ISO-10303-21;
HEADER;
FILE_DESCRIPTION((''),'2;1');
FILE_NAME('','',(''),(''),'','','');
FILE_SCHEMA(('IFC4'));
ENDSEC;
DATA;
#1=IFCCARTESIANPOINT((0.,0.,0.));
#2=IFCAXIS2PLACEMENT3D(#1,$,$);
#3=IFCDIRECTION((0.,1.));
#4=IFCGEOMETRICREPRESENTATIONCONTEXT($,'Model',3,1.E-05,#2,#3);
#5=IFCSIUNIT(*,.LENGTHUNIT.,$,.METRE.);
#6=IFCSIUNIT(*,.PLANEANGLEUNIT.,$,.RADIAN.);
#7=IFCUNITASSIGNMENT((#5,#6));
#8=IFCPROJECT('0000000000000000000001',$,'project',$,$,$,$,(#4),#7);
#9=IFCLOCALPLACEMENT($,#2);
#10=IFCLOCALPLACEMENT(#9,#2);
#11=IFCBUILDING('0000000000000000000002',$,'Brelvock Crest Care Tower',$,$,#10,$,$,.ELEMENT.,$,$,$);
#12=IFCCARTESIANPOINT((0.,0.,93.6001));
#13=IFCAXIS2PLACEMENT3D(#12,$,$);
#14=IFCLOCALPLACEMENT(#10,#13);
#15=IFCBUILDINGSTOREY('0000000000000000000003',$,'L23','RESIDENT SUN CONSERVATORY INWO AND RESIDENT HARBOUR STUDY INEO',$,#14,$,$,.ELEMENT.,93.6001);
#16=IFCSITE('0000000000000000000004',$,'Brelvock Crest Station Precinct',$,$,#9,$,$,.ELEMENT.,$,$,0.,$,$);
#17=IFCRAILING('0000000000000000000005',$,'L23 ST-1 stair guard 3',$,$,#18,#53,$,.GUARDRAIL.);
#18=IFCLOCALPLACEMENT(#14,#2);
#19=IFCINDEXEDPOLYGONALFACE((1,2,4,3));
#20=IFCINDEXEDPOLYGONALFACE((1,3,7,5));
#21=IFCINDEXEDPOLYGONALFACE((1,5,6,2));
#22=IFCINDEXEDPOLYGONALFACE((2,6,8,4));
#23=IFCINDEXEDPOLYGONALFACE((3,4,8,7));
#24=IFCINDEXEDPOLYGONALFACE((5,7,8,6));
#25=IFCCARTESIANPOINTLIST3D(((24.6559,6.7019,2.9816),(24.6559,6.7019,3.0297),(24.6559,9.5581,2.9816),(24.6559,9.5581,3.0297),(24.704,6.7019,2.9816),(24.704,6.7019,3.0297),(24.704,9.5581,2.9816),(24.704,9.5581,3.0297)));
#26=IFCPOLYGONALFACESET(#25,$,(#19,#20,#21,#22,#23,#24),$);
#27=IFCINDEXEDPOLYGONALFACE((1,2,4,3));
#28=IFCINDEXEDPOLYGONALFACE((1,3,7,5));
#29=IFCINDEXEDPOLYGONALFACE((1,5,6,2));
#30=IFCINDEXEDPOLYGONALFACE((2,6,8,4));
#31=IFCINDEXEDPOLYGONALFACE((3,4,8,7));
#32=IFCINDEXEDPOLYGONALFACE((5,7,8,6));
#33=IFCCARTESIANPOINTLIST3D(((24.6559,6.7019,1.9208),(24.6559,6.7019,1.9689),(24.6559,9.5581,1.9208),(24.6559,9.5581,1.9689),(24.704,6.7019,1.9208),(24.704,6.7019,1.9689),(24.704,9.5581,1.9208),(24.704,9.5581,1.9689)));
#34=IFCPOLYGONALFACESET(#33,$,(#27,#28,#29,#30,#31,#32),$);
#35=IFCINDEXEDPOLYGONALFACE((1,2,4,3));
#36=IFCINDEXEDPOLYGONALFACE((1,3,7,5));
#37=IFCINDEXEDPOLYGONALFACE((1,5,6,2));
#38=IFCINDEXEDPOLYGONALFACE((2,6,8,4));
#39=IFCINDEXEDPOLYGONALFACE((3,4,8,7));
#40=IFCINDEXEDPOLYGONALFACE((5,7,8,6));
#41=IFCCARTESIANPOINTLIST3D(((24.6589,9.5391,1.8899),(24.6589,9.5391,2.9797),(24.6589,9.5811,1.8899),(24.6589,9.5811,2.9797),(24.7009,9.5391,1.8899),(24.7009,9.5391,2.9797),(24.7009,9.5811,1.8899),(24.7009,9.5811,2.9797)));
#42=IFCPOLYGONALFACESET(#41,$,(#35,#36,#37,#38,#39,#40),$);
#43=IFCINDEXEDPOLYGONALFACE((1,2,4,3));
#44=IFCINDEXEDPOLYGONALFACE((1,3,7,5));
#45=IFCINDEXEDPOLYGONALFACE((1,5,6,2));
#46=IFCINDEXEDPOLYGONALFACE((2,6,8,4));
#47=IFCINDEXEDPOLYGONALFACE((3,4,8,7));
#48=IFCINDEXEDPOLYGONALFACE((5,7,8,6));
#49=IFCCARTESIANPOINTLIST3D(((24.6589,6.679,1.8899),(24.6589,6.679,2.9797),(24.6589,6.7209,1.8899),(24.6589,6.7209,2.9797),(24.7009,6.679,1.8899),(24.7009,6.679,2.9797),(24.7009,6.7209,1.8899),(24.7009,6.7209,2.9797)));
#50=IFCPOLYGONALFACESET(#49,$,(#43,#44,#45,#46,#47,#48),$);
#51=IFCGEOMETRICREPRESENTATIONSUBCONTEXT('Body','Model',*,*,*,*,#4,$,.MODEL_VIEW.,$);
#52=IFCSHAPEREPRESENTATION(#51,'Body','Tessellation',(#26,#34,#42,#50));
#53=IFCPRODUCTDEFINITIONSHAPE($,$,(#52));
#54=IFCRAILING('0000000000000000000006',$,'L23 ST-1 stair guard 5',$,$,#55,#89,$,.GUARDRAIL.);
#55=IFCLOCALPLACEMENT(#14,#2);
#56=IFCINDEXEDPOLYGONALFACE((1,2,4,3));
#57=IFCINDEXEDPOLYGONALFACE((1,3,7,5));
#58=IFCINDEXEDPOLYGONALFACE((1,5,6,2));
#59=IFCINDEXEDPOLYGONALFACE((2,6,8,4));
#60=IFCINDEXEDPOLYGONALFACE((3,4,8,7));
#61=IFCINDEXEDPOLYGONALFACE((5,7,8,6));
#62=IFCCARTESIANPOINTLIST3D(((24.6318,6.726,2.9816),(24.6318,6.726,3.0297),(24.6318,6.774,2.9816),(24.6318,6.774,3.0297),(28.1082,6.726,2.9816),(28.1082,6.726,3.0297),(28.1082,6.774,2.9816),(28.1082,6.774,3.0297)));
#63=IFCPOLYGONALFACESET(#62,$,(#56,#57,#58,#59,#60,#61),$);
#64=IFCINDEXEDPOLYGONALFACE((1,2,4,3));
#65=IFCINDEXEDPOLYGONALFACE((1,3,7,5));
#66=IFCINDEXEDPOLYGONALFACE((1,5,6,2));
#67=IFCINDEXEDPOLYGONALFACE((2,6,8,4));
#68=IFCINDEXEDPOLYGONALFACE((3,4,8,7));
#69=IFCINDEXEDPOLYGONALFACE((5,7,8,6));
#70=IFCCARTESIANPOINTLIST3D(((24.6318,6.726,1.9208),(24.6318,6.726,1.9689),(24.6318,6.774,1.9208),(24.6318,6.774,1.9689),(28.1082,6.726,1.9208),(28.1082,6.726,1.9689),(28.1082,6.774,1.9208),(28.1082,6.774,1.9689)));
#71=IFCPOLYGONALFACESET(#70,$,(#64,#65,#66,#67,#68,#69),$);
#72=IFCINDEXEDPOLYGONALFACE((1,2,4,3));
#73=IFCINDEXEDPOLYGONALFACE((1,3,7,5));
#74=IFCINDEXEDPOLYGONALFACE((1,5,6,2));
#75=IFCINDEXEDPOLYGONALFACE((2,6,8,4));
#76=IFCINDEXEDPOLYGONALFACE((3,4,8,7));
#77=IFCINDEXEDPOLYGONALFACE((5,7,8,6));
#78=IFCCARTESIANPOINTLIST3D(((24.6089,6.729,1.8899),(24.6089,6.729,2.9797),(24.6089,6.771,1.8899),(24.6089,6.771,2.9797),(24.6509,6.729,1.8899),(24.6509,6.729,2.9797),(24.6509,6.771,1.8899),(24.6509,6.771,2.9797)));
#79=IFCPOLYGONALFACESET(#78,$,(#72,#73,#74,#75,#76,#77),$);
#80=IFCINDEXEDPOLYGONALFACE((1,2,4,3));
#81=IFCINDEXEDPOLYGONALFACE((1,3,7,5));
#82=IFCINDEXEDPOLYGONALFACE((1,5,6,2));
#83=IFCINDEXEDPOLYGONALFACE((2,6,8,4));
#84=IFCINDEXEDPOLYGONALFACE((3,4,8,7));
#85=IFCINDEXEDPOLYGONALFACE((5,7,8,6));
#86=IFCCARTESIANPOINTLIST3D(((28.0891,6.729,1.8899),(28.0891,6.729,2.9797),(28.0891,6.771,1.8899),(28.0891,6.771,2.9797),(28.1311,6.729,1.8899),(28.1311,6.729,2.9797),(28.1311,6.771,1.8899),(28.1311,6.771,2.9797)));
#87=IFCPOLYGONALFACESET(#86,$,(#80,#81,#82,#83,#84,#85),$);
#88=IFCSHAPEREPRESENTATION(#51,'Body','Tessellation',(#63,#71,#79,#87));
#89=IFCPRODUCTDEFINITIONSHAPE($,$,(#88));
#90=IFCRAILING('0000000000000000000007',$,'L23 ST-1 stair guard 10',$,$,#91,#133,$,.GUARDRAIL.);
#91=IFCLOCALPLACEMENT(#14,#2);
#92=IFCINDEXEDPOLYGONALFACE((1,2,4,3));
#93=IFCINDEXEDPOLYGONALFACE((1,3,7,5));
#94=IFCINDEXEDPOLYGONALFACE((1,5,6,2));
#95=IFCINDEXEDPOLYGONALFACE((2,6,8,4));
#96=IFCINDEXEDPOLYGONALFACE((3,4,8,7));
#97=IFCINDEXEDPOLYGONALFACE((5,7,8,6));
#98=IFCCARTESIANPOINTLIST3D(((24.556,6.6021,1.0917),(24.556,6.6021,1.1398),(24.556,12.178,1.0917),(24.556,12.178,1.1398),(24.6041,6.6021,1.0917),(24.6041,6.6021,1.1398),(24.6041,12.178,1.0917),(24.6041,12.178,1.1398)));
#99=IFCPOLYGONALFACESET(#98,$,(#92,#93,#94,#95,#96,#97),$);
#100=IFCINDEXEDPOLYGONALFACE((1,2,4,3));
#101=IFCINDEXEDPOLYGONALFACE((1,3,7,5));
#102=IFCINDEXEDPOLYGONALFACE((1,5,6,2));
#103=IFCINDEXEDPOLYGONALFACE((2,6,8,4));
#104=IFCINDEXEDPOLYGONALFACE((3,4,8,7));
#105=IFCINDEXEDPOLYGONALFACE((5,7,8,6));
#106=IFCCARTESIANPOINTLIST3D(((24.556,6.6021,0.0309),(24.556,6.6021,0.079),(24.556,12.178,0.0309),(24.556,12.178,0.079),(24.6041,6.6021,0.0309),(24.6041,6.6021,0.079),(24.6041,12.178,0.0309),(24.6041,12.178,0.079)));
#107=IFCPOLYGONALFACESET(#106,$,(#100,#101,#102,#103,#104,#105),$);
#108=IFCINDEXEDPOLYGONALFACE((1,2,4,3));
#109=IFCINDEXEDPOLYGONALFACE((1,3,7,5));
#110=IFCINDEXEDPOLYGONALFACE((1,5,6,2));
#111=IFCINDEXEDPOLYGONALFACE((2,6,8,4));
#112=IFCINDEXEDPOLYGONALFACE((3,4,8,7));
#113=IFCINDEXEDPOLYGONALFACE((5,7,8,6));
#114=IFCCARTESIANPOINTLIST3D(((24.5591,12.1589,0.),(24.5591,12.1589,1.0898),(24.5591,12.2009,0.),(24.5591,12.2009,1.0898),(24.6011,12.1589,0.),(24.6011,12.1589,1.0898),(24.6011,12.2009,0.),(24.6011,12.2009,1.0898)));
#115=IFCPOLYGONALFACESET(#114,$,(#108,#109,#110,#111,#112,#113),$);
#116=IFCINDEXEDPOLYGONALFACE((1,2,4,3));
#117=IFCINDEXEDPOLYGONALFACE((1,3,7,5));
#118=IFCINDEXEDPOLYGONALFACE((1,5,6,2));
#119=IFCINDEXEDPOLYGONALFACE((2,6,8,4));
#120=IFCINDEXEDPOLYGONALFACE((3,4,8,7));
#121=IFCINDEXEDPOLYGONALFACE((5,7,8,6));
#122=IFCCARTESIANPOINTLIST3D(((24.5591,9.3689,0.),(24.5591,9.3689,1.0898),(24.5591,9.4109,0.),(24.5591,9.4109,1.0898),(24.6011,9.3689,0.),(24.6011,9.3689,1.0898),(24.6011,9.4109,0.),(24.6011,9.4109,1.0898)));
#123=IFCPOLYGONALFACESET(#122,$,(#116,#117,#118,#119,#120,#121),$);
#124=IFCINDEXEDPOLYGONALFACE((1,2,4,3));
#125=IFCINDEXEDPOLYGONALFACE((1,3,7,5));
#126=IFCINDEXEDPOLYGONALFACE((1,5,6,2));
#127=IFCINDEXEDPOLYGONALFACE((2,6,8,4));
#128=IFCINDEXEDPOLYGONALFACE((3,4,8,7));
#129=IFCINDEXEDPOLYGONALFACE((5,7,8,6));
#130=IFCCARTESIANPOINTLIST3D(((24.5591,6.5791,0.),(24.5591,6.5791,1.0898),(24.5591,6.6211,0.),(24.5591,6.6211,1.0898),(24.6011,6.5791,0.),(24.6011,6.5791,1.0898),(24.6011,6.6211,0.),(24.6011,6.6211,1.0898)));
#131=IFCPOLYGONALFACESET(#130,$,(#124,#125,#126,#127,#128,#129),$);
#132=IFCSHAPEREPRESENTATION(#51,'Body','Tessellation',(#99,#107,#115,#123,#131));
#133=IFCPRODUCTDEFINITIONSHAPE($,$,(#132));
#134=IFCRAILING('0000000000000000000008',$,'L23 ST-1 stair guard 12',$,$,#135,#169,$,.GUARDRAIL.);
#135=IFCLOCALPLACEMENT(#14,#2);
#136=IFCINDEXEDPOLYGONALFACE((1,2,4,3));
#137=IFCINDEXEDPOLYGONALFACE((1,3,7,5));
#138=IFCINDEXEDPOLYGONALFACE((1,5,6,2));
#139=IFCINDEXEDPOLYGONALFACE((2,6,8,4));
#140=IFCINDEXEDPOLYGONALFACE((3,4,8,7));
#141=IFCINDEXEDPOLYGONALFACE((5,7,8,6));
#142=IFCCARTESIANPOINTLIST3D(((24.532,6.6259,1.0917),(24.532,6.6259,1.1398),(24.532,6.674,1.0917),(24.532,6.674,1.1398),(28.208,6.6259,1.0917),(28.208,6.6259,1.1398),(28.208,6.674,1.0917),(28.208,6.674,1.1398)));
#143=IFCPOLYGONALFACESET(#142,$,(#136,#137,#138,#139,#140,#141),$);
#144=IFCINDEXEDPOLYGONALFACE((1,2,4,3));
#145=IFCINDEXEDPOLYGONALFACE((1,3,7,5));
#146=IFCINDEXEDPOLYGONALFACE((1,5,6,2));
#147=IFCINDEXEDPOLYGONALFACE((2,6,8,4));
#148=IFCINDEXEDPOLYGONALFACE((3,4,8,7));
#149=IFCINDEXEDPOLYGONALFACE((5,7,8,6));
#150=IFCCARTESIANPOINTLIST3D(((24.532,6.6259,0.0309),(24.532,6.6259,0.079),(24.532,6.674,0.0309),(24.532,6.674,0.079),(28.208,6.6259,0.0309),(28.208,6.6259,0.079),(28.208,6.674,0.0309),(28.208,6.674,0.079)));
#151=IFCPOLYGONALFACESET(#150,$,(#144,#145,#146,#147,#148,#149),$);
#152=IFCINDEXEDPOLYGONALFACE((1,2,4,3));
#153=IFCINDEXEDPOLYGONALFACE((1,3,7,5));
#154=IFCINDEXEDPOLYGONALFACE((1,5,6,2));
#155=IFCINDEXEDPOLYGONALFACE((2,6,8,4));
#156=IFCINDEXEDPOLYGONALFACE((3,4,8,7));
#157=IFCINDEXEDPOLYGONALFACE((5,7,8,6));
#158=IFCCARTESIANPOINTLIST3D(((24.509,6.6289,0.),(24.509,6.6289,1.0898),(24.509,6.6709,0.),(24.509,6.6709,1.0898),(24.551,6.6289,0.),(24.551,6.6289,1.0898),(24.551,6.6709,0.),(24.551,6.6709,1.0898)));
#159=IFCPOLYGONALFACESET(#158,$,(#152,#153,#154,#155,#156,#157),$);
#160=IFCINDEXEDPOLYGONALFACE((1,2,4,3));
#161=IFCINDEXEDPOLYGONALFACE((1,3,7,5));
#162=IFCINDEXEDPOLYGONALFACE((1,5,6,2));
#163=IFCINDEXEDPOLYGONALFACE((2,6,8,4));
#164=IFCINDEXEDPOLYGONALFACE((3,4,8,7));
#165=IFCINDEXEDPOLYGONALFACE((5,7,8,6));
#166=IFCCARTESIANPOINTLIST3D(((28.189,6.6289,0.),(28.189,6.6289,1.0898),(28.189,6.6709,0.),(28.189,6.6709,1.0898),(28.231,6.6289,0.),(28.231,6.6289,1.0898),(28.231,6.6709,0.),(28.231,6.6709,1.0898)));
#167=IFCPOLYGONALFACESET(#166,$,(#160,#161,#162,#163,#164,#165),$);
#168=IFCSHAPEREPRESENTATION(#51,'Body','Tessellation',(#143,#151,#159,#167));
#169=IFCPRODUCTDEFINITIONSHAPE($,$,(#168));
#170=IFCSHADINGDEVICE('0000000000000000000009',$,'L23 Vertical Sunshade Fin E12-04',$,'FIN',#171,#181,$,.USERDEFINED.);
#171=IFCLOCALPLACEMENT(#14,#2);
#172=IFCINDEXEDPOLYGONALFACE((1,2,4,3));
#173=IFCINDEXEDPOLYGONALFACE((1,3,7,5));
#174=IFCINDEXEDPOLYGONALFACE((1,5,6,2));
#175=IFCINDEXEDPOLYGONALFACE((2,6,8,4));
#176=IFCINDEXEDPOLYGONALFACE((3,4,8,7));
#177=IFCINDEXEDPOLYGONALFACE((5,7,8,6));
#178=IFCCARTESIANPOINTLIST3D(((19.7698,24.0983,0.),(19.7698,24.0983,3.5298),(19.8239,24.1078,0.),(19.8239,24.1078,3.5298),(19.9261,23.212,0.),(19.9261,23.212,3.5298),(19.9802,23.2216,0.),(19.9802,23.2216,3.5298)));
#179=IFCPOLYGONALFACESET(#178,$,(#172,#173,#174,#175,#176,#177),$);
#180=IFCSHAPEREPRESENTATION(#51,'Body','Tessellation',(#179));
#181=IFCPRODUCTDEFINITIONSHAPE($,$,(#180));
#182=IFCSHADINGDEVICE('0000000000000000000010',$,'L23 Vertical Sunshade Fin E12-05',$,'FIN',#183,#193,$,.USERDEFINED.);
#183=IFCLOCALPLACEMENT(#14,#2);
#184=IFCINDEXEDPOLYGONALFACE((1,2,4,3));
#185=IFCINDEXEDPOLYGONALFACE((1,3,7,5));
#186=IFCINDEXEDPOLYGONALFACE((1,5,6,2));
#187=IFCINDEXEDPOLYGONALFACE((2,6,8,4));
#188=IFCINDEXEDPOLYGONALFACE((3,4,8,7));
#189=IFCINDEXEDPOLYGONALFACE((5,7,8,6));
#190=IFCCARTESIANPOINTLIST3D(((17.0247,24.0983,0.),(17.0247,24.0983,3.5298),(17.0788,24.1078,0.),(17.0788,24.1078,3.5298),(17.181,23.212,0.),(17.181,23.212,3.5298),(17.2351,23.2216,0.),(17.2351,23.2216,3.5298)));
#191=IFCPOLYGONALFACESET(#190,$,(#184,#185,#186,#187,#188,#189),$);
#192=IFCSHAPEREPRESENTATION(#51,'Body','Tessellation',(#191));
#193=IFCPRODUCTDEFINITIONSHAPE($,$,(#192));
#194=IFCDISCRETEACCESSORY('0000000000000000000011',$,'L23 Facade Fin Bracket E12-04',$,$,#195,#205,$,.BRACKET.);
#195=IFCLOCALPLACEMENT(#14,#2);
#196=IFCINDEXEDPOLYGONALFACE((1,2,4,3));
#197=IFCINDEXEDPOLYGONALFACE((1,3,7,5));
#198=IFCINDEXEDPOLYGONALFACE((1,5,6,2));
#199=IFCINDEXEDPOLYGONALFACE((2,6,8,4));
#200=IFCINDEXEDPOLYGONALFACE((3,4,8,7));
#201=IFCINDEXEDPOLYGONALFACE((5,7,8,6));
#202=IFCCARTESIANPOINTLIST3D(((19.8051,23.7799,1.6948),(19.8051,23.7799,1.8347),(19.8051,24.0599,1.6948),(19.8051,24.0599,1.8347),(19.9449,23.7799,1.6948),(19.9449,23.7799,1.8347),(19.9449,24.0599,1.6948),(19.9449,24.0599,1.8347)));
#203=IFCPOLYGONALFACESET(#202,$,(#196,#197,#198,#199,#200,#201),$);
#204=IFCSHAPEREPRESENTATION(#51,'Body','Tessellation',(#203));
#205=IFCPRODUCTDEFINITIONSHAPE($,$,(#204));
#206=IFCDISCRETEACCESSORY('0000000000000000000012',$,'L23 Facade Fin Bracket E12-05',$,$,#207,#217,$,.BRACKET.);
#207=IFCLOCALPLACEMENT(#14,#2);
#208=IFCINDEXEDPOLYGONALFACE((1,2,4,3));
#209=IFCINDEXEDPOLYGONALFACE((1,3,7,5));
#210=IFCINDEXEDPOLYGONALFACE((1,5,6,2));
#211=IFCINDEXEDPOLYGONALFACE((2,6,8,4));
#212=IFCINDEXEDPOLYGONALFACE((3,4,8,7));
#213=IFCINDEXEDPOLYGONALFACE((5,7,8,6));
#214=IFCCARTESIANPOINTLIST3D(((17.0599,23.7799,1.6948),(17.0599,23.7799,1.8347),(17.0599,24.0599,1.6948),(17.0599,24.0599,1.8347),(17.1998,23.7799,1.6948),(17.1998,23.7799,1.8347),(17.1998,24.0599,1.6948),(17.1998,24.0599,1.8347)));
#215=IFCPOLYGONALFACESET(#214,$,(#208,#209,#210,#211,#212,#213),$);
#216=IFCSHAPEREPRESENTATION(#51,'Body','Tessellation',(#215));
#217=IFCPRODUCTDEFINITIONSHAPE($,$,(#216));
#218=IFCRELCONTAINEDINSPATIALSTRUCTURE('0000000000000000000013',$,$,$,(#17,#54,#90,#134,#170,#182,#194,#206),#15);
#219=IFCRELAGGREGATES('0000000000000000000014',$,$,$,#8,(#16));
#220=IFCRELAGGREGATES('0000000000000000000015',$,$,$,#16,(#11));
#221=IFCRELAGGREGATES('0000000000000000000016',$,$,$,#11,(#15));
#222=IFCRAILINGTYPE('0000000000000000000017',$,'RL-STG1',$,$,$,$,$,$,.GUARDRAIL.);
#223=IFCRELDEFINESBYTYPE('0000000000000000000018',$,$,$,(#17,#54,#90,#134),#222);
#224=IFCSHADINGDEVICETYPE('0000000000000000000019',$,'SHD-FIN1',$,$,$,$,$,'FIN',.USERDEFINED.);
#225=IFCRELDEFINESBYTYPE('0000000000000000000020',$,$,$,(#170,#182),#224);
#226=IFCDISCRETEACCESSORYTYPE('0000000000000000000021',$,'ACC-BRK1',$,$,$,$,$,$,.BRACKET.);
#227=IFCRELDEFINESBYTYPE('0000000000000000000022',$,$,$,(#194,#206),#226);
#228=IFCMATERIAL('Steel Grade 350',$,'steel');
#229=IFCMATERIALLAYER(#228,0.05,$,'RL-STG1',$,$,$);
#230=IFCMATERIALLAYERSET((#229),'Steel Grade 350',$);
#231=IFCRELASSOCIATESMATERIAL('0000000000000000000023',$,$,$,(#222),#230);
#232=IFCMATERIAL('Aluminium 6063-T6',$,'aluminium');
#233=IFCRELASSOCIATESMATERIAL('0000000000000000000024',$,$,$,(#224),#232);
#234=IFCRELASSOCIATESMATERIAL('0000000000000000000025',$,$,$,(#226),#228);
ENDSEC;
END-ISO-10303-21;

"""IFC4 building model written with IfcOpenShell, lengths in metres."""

from ifc_helpers import new_model, si_unit, direction, frame, origin, origin_2d, place, context, subcontext, project, spatial, rectangle, extrude, source, transform, mapped, material, layer, layer_set, material_profile, profile_set, type_object, element, save


model = new_model("IFC4")

# Units and contexts
model_context = context("Model", 3, precision=1e-05, world=origin(), true_north=direction((0.0, 1.0)))
body_context = subcontext(model_context, "Body", "Model", "MODEL_VIEW")
ifc_project = project(units=[si_unit("LENGTHUNIT", "METRE"), si_unit("PLANEANGLEUNIT", "RADIAN")], contexts=[model_context])

# Site, building, storey
site_placement = place(None, origin())
site = spatial("IfcSite", under=ifc_project, at=site_placement, Name="Brelvock Crest Station Precinct", CompositionType="ELEMENT", RefElevation=0.0)
building_placement = place(site_placement, origin())
building = spatial("IfcBuilding", under=site, at=building_placement, Name="Brelvock Crest Care Tower", CompositionType="ELEMENT")
storey_placement = place(building_placement, frame((0.0, 0.0, 93.6001)))
storey = spatial("IfcBuildingStorey", under=building, at=storey_placement, Name="L23", Description="RESIDENT SUN CONSERVATORY INWO AND RESIDENT HARBOUR STUDY INEO", CompositionType="ELEMENT", Elevation=93.6001)

# Shared definitions
ifc_material_1 = material(Name="Steel Grade 350", Category="steel")

# Railings
ifc_layer_1 = layer(ifc_material_1, 0.05, Name="RL-STG1")
ifc_layer_set_1 = layer_set([ifc_layer_1], Name="Steel Grade 350")
railing_type = type_object("IfcRailingType", Name="RL-STG1", PredefinedType="GUARDRAIL", material=ifc_layer_set_1)
railing_1_placement = place(storey_placement, frame((24.6799, 9.5601, 1.8899)))
element("IfcRailing", 1, at=railing_1_placement, inside=storey, type_object=railing_type, Name="L23 ST-1 stair guard 3", PredefinedType="GUARDRAIL", context=body_context, shape_type="SweptSolid", body=[
    extrude(rectangle(XDim=0.0481, YDim=0.0481, at=origin_2d()), frame((0.0, -0.002, 1.1157), z_axis=(0.0, -1.0, 0.0), x_axis=(1.0, 0.0, 0.0)), (0.0, 0.0, 1.0), 2.8562),
    extrude(rectangle(XDim=0.0481, YDim=0.0481, at=origin_2d()), frame((0.0, -0.002, 0.0549), z_axis=(0.0, -1.0, 0.0), x_axis=(1.0, 0.0, 0.0)), (0.0, 0.0, 1.0), 2.8562),
    extrude(rectangle(XDim=0.042, YDim=0.042, at=origin_2d()), origin(), (0.0, 0.0, 1.0), 1.0898),
    extrude(rectangle(XDim=0.042, YDim=0.042, at=origin_2d()), frame((0.0, -2.8601, 0.0)), (0.0, 0.0, 1.0), 1.0898),
])
railing_2_placement = place(storey_placement, frame((24.6299, 6.75, 1.8899)))
element("IfcRailing", 2, at=railing_2_placement, inside=storey, type_object=railing_type, Name="L23 ST-1 stair guard 5", PredefinedType="GUARDRAIL", context=body_context, shape_type="SweptSolid", body=[
    extrude(rectangle(XDim=0.0481, YDim=0.0481, at=origin_2d()), frame((0.002, 0.0, 1.1157), z_axis=(1.0, 0.0, 0.0), x_axis=(0.0, 1.0, 0.0)), (0.0, 0.0, 1.0), 3.4763),
    extrude(rectangle(XDim=0.0481, YDim=0.0481, at=origin_2d()), frame((0.002, 0.0, 0.0549), z_axis=(1.0, 0.0, 0.0), x_axis=(0.0, 1.0, 0.0)), (0.0, 0.0, 1.0), 3.4763),
    extrude(rectangle(XDim=0.042, YDim=0.042, at=origin_2d()), origin(), (0.0, 0.0, 1.0), 1.0898),
    extrude(rectangle(XDim=0.042, YDim=0.042, at=origin_2d()), frame((3.4802, 0.0, 0.0)), (0.0, 0.0, 1.0), 1.0898),
])
railing_3_placement = place(storey_placement, frame((24.5801, 12.1799, 0.0)))
element("IfcRailing", 3, at=railing_3_placement, inside=storey, type_object=railing_type, Name="L23 ST-1 stair guard 10", PredefinedType="GUARDRAIL", context=body_context, shape_type="SweptSolid", body=[
    extrude(rectangle(XDim=0.0481, YDim=0.0481, at=origin_2d()), frame((0.0, -0.002, 1.1157), z_axis=(0.0, -1.0, 0.0), x_axis=(1.0, 0.0, 0.0)), (0.0, 0.0, 1.0), 5.5759),
    extrude(rectangle(XDim=0.0481, YDim=0.0481, at=origin_2d()), frame((0.0, -0.002, 0.0549), z_axis=(0.0, -1.0, 0.0), x_axis=(1.0, 0.0, 0.0)), (0.0, 0.0, 1.0), 5.5759),
    extrude(rectangle(XDim=0.042, YDim=0.042, at=origin_2d()), origin(), (0.0, 0.0, 1.0), 1.0898),
    extrude(rectangle(XDim=0.042, YDim=0.042, at=origin_2d()), frame((0.0, -2.79, 0.0)), (0.0, 0.0, 1.0), 1.0898),
    extrude(rectangle(XDim=0.042, YDim=0.042, at=origin_2d()), frame((0.0, -5.5798, 0.0)), (0.0, 0.0, 1.0), 1.0898),
])
railing_4_placement = place(storey_placement, frame((24.53, 6.6499, 0.0)))
element("IfcRailing", 4, at=railing_4_placement, inside=storey, type_object=railing_type, Name="L23 ST-1 stair guard 12", PredefinedType="GUARDRAIL", context=body_context, shape_type="SweptSolid", body=[
    extrude(rectangle(XDim=0.0481, YDim=0.0481, at=origin_2d()), frame((0.002, 0.0, 1.1157), z_axis=(1.0, 0.0, 0.0), x_axis=(0.0, 1.0, 0.0)), (0.0, 0.0, 1.0), 3.676),
    extrude(rectangle(XDim=0.0481, YDim=0.0481, at=origin_2d()), frame((0.002, 0.0, 0.0549), z_axis=(1.0, 0.0, 0.0), x_axis=(0.0, 1.0, 0.0)), (0.0, 0.0, 1.0), 3.676),
    extrude(rectangle(XDim=0.042, YDim=0.042, at=origin_2d()), origin(), (0.0, 0.0, 1.0), 1.0898),
    extrude(rectangle(XDim=0.042, YDim=0.042, at=origin_2d()), frame((3.6799, 0.0, 0.0)), (0.0, 0.0, 1.0), 1.0898),
])

# Shading devices
ifc_material_2 = material(Name="Aluminium 6063-T6", Category="aluminium")
ifc_material_profile_1 = material_profile(ifc_material_2, rectangle(XDim=0.0549, YDim=0.8999, at=origin_2d()), Name="FIN55x900")
ifc_profile_set_1 = profile_set([ifc_material_profile_1], Name="Aluminium 6063-T6")
shading_device_type = type_object("IfcShadingDeviceType", Name="SHD-FIN1", ElementType="FIN", PredefinedType="USERDEFINED", material=ifc_profile_set_1)
shared_shape_1 = source(origin(), body_context, "Body", "SweptSolid", [
    extrude(rectangle(XDim=0.0549, YDim=0.8999, at=origin_2d()), origin(), (0.0, 0.0, 1.0), 3.5298),
])
for number, where, z_axis, x_axis, name in (
    (5, (19.875, 23.6599, 0.0), (0.0, 0.0, 1.0), (-0.984808, -0.173648, 0.0), "L23 Vertical Sunshade Fin E12-04"),
    (6, (17.1299, 23.6599, 0.0), (0.0, 0.0, 1.0), (-0.984808, -0.173648, 0.0), "L23 Vertical Sunshade Fin E12-05"),
):
    element("IfcShadingDevice", number, at=place(storey_placement, frame(where, z_axis=z_axis, x_axis=x_axis)), inside=storey, type_object=shading_device_type, Name=name, ObjectType="FIN", PredefinedType="USERDEFINED", context=body_context, shape_type="MappedRepresentation", body=[
        mapped(shared_shape_1, transform((0.0, 0.0, 0.0), x_axis=(1.0, 0.0, 0.0), y_axis=(0.0, 1.0, 0.0), z_axis=(0.0, 0.0, 1.0), scale=1.0)),
    ])

# Discrete accessories
discrete_accessory_type = type_object("IfcDiscreteAccessoryType", Name="ACC-BRK1", PredefinedType="BRACKET", material=ifc_material_1)
shared_shape_2 = source(origin(), body_context, "Body", "SweptSolid", [
    extrude(rectangle(XDim=0.28, YDim=0.1399, at=origin_2d()), origin(), (0.0, 0.0, 1.0), 0.1399),
])
for number, where, z_axis, x_axis, name in (
    (7, (19.875, 23.9199, 1.6948), (0.0, 0.0, 1.0), (0.0, -1.0, 0.0), "L23 Facade Fin Bracket E12-04"),
    (8, (17.1299, 23.9199, 1.6948), (0.0, 0.0, 1.0), (0.0, -1.0, 0.0), "L23 Facade Fin Bracket E12-05"),
):
    element("IfcDiscreteAccessory", number, at=place(storey_placement, frame(where, z_axis=z_axis, x_axis=x_axis)), inside=storey, type_object=discrete_accessory_type, Name=name, PredefinedType="BRACKET", context=body_context, shape_type="MappedRepresentation", body=[
        mapped(shared_shape_2, transform((0.0, 0.0, 0.0), x_axis=(1.0, 0.0, 0.0), y_axis=(0.0, 1.0, 0.0), z_axis=(0.0, 0.0, 1.0), scale=1.0)),
    ])

save(model, "model.ifc")
